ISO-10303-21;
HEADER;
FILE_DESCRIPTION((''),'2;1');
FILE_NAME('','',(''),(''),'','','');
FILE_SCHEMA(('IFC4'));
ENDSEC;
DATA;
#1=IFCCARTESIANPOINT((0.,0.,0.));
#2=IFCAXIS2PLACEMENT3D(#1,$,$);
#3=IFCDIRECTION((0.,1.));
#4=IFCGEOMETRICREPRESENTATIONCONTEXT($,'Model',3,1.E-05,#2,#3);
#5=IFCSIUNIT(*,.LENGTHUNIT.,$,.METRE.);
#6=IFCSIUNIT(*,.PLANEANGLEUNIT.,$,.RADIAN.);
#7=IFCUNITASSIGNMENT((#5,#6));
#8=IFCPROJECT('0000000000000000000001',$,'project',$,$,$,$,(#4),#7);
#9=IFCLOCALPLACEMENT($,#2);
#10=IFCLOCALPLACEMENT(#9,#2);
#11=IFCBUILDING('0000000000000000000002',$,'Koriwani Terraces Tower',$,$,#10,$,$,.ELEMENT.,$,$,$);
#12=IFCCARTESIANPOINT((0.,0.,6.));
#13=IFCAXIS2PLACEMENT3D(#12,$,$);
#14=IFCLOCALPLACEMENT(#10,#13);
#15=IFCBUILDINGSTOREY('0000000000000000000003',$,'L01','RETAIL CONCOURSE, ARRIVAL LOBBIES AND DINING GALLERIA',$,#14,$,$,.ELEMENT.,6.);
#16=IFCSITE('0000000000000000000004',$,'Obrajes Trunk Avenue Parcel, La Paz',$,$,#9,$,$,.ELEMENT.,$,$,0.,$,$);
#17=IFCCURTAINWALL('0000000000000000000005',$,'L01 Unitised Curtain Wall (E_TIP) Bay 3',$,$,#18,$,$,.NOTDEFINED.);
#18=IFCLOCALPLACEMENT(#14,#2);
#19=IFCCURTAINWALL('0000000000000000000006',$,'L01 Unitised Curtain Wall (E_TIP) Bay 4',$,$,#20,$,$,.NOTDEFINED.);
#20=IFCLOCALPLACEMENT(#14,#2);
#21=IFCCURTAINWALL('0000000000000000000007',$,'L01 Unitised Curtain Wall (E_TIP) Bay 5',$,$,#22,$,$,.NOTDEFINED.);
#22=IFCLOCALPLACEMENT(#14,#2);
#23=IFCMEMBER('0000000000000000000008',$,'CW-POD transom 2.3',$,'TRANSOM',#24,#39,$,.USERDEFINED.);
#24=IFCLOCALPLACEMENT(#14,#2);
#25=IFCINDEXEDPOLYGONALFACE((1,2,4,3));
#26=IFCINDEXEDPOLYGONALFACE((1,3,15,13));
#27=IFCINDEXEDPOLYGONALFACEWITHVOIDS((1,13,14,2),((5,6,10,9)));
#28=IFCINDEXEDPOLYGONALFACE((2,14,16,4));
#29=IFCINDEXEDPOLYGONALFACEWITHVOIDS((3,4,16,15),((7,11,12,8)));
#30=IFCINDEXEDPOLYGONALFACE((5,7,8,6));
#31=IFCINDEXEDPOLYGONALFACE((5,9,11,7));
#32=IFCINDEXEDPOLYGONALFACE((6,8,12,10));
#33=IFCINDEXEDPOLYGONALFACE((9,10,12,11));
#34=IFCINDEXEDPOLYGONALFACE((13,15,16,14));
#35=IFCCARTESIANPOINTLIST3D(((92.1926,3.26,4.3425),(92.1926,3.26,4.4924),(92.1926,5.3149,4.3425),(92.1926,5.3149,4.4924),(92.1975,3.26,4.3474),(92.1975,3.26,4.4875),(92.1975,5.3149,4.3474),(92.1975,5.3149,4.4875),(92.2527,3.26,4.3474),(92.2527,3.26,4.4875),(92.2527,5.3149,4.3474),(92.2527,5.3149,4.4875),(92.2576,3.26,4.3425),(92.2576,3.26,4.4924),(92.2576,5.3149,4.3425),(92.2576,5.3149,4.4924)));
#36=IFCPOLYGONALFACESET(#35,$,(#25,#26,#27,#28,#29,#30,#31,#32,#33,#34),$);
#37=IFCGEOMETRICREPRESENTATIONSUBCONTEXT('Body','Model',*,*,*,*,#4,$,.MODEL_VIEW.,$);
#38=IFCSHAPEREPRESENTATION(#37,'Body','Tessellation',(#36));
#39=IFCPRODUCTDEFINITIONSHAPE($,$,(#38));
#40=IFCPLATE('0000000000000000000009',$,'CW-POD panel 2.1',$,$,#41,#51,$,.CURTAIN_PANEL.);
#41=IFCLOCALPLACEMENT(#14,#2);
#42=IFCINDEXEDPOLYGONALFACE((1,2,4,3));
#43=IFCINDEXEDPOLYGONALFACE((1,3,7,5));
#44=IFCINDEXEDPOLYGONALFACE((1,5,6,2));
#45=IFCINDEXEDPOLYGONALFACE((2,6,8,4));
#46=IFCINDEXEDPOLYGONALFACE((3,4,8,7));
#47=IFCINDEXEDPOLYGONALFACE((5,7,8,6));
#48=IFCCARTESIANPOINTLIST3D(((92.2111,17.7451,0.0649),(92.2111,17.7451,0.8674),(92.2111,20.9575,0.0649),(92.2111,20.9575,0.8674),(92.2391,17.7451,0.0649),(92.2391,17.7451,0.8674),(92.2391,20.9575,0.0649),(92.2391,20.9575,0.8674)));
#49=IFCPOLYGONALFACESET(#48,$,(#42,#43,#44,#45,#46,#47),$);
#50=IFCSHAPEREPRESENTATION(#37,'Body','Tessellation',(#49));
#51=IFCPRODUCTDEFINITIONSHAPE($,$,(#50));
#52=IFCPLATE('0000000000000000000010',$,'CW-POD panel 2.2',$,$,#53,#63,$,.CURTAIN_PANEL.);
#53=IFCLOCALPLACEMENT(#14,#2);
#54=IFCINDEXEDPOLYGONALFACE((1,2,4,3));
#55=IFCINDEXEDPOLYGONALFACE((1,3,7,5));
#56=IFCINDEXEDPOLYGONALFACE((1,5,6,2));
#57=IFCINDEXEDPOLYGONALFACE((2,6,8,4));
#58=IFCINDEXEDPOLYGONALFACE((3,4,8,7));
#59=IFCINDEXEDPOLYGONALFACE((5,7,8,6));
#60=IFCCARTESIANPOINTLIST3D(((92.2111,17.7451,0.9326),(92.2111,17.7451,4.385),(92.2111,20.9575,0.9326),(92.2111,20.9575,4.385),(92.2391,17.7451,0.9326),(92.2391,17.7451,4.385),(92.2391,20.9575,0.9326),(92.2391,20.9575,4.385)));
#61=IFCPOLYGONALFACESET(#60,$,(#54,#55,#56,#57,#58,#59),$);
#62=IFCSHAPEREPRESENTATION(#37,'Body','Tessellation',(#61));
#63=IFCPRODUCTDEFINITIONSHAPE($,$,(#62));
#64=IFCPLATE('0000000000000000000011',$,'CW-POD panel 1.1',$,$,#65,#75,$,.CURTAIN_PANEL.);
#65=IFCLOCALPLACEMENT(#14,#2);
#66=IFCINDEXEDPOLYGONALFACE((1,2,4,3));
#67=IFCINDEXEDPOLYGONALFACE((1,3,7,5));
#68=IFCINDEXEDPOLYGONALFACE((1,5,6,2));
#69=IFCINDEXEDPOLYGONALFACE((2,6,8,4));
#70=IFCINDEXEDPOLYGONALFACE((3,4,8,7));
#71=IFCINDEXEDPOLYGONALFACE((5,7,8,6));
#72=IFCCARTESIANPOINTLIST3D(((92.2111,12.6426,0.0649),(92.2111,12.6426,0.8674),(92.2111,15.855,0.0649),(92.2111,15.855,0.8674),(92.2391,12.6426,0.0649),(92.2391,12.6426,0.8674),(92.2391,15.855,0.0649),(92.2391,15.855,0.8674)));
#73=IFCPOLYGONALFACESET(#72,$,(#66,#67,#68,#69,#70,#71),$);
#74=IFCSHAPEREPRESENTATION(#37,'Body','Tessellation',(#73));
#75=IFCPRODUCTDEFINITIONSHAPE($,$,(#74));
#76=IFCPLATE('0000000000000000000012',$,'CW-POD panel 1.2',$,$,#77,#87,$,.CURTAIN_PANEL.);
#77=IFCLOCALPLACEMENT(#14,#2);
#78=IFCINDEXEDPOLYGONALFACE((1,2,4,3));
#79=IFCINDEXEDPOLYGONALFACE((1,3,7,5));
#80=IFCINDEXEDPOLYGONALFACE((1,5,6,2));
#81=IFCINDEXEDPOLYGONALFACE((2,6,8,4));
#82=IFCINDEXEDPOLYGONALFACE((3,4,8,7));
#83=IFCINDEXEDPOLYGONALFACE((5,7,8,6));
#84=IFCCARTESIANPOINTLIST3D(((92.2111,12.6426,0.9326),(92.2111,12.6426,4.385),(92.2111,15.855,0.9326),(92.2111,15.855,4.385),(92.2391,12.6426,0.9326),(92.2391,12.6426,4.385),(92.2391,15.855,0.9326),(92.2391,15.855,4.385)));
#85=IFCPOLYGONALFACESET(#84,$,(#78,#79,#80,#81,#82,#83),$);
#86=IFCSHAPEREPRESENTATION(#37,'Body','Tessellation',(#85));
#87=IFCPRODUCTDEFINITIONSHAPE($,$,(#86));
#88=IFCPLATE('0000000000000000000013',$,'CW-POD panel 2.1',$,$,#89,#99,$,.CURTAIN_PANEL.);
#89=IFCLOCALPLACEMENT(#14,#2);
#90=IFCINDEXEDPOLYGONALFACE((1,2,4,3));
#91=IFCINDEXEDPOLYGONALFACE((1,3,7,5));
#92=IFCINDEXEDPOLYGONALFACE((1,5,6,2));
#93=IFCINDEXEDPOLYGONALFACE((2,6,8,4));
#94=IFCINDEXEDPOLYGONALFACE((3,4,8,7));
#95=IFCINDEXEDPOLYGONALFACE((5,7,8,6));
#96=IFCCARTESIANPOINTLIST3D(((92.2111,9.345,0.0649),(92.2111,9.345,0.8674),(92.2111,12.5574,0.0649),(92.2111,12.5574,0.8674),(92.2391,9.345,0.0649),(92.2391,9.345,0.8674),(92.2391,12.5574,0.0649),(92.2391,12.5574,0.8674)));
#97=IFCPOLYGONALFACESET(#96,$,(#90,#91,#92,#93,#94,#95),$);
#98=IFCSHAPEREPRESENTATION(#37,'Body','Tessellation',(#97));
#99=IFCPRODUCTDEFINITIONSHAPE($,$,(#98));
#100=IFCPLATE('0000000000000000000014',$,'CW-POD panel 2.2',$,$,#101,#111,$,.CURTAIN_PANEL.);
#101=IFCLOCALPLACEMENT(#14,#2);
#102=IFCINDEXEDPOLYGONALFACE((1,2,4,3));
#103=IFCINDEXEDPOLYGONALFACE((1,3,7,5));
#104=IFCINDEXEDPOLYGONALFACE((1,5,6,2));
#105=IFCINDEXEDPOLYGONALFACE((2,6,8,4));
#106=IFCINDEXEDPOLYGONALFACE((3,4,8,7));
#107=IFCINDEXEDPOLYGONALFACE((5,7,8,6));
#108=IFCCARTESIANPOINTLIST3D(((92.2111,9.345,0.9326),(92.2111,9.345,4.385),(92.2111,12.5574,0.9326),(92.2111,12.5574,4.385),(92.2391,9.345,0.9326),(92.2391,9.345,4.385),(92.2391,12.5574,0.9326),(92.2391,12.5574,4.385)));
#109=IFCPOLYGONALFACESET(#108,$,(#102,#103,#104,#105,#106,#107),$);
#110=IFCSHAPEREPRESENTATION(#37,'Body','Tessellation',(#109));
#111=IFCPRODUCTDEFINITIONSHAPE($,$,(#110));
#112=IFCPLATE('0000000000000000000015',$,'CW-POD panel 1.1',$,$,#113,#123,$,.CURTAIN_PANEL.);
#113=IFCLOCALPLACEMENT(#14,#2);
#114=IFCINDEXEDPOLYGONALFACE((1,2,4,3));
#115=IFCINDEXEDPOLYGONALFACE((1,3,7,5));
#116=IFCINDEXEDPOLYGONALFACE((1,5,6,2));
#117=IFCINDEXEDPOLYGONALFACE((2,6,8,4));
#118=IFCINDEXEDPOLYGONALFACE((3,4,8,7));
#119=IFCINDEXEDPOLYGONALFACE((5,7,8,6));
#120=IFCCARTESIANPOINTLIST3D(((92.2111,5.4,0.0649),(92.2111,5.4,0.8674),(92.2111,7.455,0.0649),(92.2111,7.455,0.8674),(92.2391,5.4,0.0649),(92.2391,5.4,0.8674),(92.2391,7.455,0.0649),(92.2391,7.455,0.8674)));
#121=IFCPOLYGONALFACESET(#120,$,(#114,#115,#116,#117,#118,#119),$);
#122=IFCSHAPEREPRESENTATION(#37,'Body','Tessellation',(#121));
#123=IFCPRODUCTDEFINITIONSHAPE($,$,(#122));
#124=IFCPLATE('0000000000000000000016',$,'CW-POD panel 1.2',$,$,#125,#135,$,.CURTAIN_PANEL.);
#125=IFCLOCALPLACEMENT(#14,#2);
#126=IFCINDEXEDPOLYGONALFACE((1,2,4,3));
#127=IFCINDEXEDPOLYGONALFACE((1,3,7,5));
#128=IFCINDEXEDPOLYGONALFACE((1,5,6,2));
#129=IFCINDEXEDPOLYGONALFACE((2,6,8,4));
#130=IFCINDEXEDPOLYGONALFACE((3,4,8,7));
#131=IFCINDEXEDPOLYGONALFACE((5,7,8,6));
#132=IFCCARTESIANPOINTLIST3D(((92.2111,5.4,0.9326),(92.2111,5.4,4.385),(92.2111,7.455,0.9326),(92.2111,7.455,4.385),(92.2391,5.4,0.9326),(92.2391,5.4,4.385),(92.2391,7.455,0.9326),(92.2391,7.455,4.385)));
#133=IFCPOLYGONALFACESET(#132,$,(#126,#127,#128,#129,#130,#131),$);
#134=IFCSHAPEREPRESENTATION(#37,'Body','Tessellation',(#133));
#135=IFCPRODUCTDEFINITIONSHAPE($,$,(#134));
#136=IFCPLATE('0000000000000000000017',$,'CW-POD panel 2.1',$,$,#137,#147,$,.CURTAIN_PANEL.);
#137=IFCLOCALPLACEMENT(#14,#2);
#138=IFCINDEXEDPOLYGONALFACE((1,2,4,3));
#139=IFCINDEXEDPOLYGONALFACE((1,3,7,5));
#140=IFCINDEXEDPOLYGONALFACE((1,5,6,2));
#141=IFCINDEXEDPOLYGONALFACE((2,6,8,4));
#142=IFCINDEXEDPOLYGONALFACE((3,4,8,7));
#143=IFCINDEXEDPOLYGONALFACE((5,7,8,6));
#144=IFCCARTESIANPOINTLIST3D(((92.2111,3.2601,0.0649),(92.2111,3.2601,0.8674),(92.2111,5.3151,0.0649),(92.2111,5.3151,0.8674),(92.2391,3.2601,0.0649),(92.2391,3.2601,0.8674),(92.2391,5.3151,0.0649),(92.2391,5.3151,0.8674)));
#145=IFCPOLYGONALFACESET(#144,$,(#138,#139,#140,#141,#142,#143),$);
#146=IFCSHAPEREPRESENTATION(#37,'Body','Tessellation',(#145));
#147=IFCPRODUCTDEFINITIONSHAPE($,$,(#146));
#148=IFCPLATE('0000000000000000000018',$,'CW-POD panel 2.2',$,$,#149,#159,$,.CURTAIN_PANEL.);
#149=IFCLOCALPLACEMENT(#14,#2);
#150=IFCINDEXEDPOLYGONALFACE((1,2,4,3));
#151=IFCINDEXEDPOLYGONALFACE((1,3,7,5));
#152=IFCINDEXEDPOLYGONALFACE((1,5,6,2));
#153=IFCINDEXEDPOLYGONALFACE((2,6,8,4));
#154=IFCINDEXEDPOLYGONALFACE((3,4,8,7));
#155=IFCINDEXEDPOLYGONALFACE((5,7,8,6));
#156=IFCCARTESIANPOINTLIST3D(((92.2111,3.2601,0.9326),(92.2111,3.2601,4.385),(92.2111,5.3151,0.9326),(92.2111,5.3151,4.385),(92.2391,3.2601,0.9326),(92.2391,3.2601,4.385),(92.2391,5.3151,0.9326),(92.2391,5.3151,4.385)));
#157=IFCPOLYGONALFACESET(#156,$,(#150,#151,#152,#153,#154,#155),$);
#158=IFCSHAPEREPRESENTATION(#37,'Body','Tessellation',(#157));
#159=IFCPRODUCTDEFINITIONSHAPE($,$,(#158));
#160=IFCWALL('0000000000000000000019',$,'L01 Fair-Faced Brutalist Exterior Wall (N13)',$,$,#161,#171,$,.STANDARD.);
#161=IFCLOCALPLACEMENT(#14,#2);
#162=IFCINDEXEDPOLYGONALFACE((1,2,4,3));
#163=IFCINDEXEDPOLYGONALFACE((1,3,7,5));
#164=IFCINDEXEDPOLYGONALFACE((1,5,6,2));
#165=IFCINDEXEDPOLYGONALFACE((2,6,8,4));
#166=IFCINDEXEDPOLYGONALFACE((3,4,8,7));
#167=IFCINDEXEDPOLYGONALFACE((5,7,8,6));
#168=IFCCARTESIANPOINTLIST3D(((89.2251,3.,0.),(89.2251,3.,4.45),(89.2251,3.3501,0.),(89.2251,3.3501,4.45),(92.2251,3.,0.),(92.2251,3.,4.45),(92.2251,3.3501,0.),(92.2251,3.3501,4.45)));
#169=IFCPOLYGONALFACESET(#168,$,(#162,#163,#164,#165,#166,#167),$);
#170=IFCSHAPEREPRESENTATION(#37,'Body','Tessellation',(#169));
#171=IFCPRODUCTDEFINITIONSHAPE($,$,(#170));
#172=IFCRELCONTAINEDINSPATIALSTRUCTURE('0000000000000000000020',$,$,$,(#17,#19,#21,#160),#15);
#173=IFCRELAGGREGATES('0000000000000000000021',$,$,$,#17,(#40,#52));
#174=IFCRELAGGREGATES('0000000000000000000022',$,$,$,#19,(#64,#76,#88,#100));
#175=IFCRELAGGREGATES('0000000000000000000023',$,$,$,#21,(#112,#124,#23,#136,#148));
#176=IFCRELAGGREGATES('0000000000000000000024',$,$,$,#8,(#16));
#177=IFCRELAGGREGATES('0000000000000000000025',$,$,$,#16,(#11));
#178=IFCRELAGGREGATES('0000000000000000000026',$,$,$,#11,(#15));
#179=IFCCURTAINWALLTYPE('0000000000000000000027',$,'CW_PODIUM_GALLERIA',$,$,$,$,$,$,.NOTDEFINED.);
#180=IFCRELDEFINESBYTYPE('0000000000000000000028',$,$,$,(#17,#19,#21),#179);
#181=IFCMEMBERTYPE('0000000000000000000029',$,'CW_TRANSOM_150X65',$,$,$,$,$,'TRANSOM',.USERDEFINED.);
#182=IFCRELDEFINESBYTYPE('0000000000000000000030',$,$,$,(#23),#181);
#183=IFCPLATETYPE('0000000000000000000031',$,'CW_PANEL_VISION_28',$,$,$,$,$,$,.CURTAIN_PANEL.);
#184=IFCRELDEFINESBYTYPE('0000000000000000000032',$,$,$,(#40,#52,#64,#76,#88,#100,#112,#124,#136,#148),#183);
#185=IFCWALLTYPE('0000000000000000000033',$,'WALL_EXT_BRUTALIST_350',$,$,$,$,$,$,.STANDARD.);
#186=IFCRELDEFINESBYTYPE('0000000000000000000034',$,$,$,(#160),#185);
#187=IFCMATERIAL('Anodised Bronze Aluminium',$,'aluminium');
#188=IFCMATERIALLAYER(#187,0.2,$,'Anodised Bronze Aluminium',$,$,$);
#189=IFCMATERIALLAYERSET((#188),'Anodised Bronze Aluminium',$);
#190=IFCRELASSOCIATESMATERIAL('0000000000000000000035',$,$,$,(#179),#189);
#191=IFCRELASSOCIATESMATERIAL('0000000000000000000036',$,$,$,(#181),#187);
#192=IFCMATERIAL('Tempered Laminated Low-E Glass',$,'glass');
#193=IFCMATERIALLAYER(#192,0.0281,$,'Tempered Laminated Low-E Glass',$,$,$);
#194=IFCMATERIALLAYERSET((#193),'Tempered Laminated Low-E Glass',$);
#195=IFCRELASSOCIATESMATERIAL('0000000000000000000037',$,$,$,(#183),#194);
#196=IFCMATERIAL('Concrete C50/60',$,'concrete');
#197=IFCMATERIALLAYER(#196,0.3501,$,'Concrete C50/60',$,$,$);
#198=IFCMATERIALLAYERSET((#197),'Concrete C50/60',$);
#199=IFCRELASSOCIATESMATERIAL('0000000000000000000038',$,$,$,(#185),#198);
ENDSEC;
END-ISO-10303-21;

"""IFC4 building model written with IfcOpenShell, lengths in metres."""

from ifc_helpers import new_model, si_unit, direction, frame, frame_2d, origin, origin_2d, place, context, subcontext, project, spatial, rectangle, hollow_rectangle, extrude, material, layer, layer_set, material_profile, profile_set, type_object, element, aggregate, save


model = new_model("IFC4")

# Units and contexts
model_context = context("Model", 3, precision=1e-05, world=origin(), true_north=direction((0.0, 1.0)))
body_context = subcontext(model_context, "Body", "Model", "MODEL_VIEW")
ifc_project = project(units=[si_unit("LENGTHUNIT", "METRE"), si_unit("PLANEANGLEUNIT", "RADIAN")], contexts=[model_context])

# Site, building, storey
site_placement = place(None, origin())
site = spatial("IfcSite", under=ifc_project, at=site_placement, Name="Obrajes Trunk Avenue Parcel, La Paz", CompositionType="ELEMENT", RefElevation=0.0)
building_placement = place(site_placement, origin())
building = spatial("IfcBuilding", under=site, at=building_placement, Name="Koriwani Terraces Tower", CompositionType="ELEMENT")
storey_placement = place(building_placement, frame((0.0, 0.0, 6.0)))
storey = spatial("IfcBuildingStorey", under=building, at=storey_placement, Name="L01", Description="RETAIL CONCOURSE, ARRIVAL LOBBIES AND DINING GALLERIA", CompositionType="ELEMENT", Elevation=6.0)

# Shared definitions
ifc_material_1 = material(Name="Concrete C50/60", Category="concrete")

# Curtain wall
ifc_material_2 = material(Name="Anodised Bronze Aluminium", Category="aluminium")
ifc_layer_1 = layer(ifc_material_2, 0.2, Name="Anodised Bronze Aluminium")
ifc_layer_set_1 = layer_set([ifc_layer_1], Name="Anodised Bronze Aluminium")
curtain_wall_type = type_object("IfcCurtainWallType", Name="CW_PODIUM_GALLERIA", PredefinedType="NOTDEFINED", material=ifc_layer_set_1)
curtain_wall_1_placement = place(storey_placement, origin())
curtain_wall_1 = element("IfcCurtainWall", 1, at=curtain_wall_1_placement, inside=storey, type_object=curtain_wall_type, Name="L01 Unitised Curtain Wall (E_TIP) Bay 3", PredefinedType="NOTDEFINED")

# Curtain walls
curtain_wall_2_placement = place(storey_placement, origin())
curtain_wall_2 = element("IfcCurtainWall", 2, at=curtain_wall_2_placement, inside=storey, type_object=curtain_wall_type, Name="L01 Unitised Curtain Wall (E_TIP) Bay 4", PredefinedType="NOTDEFINED")
curtain_wall_3_placement = place(storey_placement, origin())
curtain_wall_3 = element("IfcCurtainWall", 3, at=curtain_wall_3_placement, inside=storey, type_object=curtain_wall_type, Name="L01 Unitised Curtain Wall (E_TIP) Bay 5", PredefinedType="NOTDEFINED")

# Member
ifc_material_profile_1 = material_profile(ifc_material_2, hollow_rectangle(XDim=0.0649, YDim=0.1499, WallThickness=0.0049, at=origin_2d()), Name="Anodised Bronze Aluminium", Category="LoadBearing")
ifc_profile_set_1 = profile_set([ifc_material_profile_1], Name="Anodised Bronze Aluminium")
member_type_1 = type_object("IfcMemberType", Name="CW_TRANSOM_150X65", ElementType="TRANSOM", PredefinedType="USERDEFINED", material=ifc_profile_set_1)
member_1_placement = place(storey_placement, frame((92.2251, 5.3149, 4.4175), z_axis=(0.0, -1.0, 0.0), x_axis=(1.0, 0.0, 0.0)))
member_1 = element("IfcMember", 4, at=member_1_placement, type_object=member_type_1, Name="CW-POD transom 2.3", ObjectType="TRANSOM", PredefinedType="USERDEFINED", context=body_context, shape_type="SweptSolid", body=[
    extrude(hollow_rectangle(XDim=0.0649, YDim=0.1499, WallThickness=0.0049, at=origin_2d()), origin(), (0.0, 0.0, 1.0), 2.0549),
])

# Plates
ifc_material_3 = material(Name="Tempered Laminated Low-E Glass", Category="glass")
ifc_layer_2 = layer(ifc_material_3, 0.0281, Name="Tempered Laminated Low-E Glass")
ifc_layer_set_2 = layer_set([ifc_layer_2], Name="Tempered Laminated Low-E Glass")
plate_type = type_object("IfcPlateType", Name="CW_PANEL_VISION_28", PredefinedType="CURTAIN_PANEL", material=ifc_layer_set_2)
plate_1_placement = place(storey_placement, frame((92.2251, 19.3513, 0.0649), z_axis=(0.0, 0.0, 1.0), x_axis=(0.0, -1.0, 0.0)))
plate_1 = element("IfcPlate", 5, at=plate_1_placement, type_object=plate_type, Name="CW-POD panel 2.1", PredefinedType="CURTAIN_PANEL", context=body_context, shape_type="SweptSolid", body=[
    extrude(rectangle(XDim=3.2124, YDim=0.0281, at=origin_2d()), origin(), (0.0, 0.0, 1.0), 0.8025),
])
plate_2_placement = place(storey_placement, frame((92.2251, 19.3513, 0.9326), z_axis=(0.0, 0.0, 1.0), x_axis=(0.0, -1.0, 0.0)))
plate_2 = element("IfcPlate", 6, at=plate_2_placement, type_object=plate_type, Name="CW-POD panel 2.2", PredefinedType="CURTAIN_PANEL", context=body_context, shape_type="SweptSolid", body=[
    extrude(rectangle(XDim=3.2124, YDim=0.0281, at=origin_2d()), origin(), (0.0, 0.0, 1.0), 3.4524),
])
aggregate(curtain_wall_1, [plate_1, plate_2])
plate_3_placement = place(storey_placement, frame((92.2251, 14.2488, 0.0649), z_axis=(0.0, 0.0, 1.0), x_axis=(0.0, -1.0, 0.0)))
plate_3 = element("IfcPlate", 7, at=plate_3_placement, type_object=plate_type, Name="CW-POD panel 1.1", PredefinedType="CURTAIN_PANEL", context=body_context, shape_type="SweptSolid", body=[
    extrude(rectangle(XDim=3.2124, YDim=0.0281, at=origin_2d()), origin(), (0.0, 0.0, 1.0), 0.8025),
])
plate_4_placement = place(storey_placement, frame((92.2251, 14.2488, 0.9326), z_axis=(0.0, 0.0, 1.0), x_axis=(0.0, -1.0, 0.0)))
plate_4 = element("IfcPlate", 8, at=plate_4_placement, type_object=plate_type, Name="CW-POD panel 1.2", PredefinedType="CURTAIN_PANEL", context=body_context, shape_type="SweptSolid", body=[
    extrude(rectangle(XDim=3.2124, YDim=0.0281, at=origin_2d()), origin(), (0.0, 0.0, 1.0), 3.4524),
])
plate_5_placement = place(storey_placement, frame((92.2251, 10.9512, 0.0649), z_axis=(0.0, 0.0, 1.0), x_axis=(0.0, -1.0, 0.0)))
plate_5 = element("IfcPlate", 9, at=plate_5_placement, type_object=plate_type, Name="CW-POD panel 2.1", PredefinedType="CURTAIN_PANEL", context=body_context, shape_type="SweptSolid", body=[
    extrude(rectangle(XDim=3.2124, YDim=0.0281, at=origin_2d()), origin(), (0.0, 0.0, 1.0), 0.8025),
])
plate_6_placement = place(storey_placement, frame((92.2251, 10.9512, 0.9326), z_axis=(0.0, 0.0, 1.0), x_axis=(0.0, -1.0, 0.0)))
plate_6 = element("IfcPlate", 10, at=plate_6_placement, type_object=plate_type, Name="CW-POD panel 2.2", PredefinedType="CURTAIN_PANEL", context=body_context, shape_type="SweptSolid", body=[
    extrude(rectangle(XDim=3.2124, YDim=0.0281, at=origin_2d()), origin(), (0.0, 0.0, 1.0), 3.4524),
])
aggregate(curtain_wall_2, [plate_3, plate_4, plate_5, plate_6])
plate_7_placement = place(storey_placement, frame((92.2251, 6.4275, 0.0649), z_axis=(0.0, 0.0, 1.0), x_axis=(0.0, -1.0, 0.0)))
plate_7 = element("IfcPlate", 11, at=plate_7_placement, type_object=plate_type, Name="CW-POD panel 1.1", PredefinedType="CURTAIN_PANEL", context=body_context, shape_type="SweptSolid", body=[
    extrude(rectangle(XDim=2.0549, YDim=0.0281, at=origin_2d()), origin(), (0.0, 0.0, 1.0), 0.8025),
])
plate_8_placement = place(storey_placement, frame((92.2251, 6.4275, 0.9326), z_axis=(0.0, 0.0, 1.0), x_axis=(0.0, -1.0, 0.0)))
plate_8 = element("IfcPlate", 12, at=plate_8_placement, type_object=plate_type, Name="CW-POD panel 1.2", PredefinedType="CURTAIN_PANEL", context=body_context, shape_type="SweptSolid", body=[
    extrude(rectangle(XDim=2.0549, YDim=0.0281, at=origin_2d()), origin(), (0.0, 0.0, 1.0), 3.4524),
])
plate_9_placement = place(storey_placement, frame((92.2251, 4.2876, 0.0649), z_axis=(0.0, 0.0, 1.0), x_axis=(0.0, -1.0, 0.0)))
plate_9 = element("IfcPlate", 13, at=plate_9_placement, type_object=plate_type, Name="CW-POD panel 2.1", PredefinedType="CURTAIN_PANEL", context=body_context, shape_type="SweptSolid", body=[
    extrude(rectangle(XDim=2.0549, YDim=0.0281, at=origin_2d()), origin(), (0.0, 0.0, 1.0), 0.8025),
])
plate_10_placement = place(storey_placement, frame((92.2251, 4.2876, 0.9326), z_axis=(0.0, 0.0, 1.0), x_axis=(0.0, -1.0, 0.0)))
plate_10 = element("IfcPlate", 14, at=plate_10_placement, type_object=plate_type, Name="CW-POD panel 2.2", PredefinedType="CURTAIN_PANEL", context=body_context, shape_type="SweptSolid", body=[
    extrude(rectangle(XDim=2.0549, YDim=0.0281, at=origin_2d()), origin(), (0.0, 0.0, 1.0), 3.4524),
])
aggregate(curtain_wall_3, [plate_7, plate_8, member_1, plate_9, plate_10])

# Wall
ifc_layer_3 = layer(ifc_material_1, 0.3501, Name="Concrete C50/60")
ifc_layer_set_3 = layer_set([ifc_layer_3], Name="Concrete C50/60")
wall_type = type_object("IfcWallType", Name="WALL_EXT_BRUTALIST_350", PredefinedType="STANDARD", material=ifc_layer_set_3)
wall_placement = place(storey_placement, frame((92.2251, 3.175, 0.0), z_axis=(0.0, 0.0, 1.0), x_axis=(-1.0, 0.0, 0.0)))
element("IfcWall", 15, at=wall_placement, inside=storey, type_object=wall_type, Name="L01 Fair-Faced Brutalist Exterior Wall (N13)", PredefinedType="STANDARD", context=body_context, shape_type="SweptSolid", body=[
    extrude(rectangle(XDim=3.0, YDim=0.3501, at=frame_2d((1.5, 0.0))), origin(), (0.0, 0.0, 1.0), 4.45),
])

save(model, "model.ifc")
